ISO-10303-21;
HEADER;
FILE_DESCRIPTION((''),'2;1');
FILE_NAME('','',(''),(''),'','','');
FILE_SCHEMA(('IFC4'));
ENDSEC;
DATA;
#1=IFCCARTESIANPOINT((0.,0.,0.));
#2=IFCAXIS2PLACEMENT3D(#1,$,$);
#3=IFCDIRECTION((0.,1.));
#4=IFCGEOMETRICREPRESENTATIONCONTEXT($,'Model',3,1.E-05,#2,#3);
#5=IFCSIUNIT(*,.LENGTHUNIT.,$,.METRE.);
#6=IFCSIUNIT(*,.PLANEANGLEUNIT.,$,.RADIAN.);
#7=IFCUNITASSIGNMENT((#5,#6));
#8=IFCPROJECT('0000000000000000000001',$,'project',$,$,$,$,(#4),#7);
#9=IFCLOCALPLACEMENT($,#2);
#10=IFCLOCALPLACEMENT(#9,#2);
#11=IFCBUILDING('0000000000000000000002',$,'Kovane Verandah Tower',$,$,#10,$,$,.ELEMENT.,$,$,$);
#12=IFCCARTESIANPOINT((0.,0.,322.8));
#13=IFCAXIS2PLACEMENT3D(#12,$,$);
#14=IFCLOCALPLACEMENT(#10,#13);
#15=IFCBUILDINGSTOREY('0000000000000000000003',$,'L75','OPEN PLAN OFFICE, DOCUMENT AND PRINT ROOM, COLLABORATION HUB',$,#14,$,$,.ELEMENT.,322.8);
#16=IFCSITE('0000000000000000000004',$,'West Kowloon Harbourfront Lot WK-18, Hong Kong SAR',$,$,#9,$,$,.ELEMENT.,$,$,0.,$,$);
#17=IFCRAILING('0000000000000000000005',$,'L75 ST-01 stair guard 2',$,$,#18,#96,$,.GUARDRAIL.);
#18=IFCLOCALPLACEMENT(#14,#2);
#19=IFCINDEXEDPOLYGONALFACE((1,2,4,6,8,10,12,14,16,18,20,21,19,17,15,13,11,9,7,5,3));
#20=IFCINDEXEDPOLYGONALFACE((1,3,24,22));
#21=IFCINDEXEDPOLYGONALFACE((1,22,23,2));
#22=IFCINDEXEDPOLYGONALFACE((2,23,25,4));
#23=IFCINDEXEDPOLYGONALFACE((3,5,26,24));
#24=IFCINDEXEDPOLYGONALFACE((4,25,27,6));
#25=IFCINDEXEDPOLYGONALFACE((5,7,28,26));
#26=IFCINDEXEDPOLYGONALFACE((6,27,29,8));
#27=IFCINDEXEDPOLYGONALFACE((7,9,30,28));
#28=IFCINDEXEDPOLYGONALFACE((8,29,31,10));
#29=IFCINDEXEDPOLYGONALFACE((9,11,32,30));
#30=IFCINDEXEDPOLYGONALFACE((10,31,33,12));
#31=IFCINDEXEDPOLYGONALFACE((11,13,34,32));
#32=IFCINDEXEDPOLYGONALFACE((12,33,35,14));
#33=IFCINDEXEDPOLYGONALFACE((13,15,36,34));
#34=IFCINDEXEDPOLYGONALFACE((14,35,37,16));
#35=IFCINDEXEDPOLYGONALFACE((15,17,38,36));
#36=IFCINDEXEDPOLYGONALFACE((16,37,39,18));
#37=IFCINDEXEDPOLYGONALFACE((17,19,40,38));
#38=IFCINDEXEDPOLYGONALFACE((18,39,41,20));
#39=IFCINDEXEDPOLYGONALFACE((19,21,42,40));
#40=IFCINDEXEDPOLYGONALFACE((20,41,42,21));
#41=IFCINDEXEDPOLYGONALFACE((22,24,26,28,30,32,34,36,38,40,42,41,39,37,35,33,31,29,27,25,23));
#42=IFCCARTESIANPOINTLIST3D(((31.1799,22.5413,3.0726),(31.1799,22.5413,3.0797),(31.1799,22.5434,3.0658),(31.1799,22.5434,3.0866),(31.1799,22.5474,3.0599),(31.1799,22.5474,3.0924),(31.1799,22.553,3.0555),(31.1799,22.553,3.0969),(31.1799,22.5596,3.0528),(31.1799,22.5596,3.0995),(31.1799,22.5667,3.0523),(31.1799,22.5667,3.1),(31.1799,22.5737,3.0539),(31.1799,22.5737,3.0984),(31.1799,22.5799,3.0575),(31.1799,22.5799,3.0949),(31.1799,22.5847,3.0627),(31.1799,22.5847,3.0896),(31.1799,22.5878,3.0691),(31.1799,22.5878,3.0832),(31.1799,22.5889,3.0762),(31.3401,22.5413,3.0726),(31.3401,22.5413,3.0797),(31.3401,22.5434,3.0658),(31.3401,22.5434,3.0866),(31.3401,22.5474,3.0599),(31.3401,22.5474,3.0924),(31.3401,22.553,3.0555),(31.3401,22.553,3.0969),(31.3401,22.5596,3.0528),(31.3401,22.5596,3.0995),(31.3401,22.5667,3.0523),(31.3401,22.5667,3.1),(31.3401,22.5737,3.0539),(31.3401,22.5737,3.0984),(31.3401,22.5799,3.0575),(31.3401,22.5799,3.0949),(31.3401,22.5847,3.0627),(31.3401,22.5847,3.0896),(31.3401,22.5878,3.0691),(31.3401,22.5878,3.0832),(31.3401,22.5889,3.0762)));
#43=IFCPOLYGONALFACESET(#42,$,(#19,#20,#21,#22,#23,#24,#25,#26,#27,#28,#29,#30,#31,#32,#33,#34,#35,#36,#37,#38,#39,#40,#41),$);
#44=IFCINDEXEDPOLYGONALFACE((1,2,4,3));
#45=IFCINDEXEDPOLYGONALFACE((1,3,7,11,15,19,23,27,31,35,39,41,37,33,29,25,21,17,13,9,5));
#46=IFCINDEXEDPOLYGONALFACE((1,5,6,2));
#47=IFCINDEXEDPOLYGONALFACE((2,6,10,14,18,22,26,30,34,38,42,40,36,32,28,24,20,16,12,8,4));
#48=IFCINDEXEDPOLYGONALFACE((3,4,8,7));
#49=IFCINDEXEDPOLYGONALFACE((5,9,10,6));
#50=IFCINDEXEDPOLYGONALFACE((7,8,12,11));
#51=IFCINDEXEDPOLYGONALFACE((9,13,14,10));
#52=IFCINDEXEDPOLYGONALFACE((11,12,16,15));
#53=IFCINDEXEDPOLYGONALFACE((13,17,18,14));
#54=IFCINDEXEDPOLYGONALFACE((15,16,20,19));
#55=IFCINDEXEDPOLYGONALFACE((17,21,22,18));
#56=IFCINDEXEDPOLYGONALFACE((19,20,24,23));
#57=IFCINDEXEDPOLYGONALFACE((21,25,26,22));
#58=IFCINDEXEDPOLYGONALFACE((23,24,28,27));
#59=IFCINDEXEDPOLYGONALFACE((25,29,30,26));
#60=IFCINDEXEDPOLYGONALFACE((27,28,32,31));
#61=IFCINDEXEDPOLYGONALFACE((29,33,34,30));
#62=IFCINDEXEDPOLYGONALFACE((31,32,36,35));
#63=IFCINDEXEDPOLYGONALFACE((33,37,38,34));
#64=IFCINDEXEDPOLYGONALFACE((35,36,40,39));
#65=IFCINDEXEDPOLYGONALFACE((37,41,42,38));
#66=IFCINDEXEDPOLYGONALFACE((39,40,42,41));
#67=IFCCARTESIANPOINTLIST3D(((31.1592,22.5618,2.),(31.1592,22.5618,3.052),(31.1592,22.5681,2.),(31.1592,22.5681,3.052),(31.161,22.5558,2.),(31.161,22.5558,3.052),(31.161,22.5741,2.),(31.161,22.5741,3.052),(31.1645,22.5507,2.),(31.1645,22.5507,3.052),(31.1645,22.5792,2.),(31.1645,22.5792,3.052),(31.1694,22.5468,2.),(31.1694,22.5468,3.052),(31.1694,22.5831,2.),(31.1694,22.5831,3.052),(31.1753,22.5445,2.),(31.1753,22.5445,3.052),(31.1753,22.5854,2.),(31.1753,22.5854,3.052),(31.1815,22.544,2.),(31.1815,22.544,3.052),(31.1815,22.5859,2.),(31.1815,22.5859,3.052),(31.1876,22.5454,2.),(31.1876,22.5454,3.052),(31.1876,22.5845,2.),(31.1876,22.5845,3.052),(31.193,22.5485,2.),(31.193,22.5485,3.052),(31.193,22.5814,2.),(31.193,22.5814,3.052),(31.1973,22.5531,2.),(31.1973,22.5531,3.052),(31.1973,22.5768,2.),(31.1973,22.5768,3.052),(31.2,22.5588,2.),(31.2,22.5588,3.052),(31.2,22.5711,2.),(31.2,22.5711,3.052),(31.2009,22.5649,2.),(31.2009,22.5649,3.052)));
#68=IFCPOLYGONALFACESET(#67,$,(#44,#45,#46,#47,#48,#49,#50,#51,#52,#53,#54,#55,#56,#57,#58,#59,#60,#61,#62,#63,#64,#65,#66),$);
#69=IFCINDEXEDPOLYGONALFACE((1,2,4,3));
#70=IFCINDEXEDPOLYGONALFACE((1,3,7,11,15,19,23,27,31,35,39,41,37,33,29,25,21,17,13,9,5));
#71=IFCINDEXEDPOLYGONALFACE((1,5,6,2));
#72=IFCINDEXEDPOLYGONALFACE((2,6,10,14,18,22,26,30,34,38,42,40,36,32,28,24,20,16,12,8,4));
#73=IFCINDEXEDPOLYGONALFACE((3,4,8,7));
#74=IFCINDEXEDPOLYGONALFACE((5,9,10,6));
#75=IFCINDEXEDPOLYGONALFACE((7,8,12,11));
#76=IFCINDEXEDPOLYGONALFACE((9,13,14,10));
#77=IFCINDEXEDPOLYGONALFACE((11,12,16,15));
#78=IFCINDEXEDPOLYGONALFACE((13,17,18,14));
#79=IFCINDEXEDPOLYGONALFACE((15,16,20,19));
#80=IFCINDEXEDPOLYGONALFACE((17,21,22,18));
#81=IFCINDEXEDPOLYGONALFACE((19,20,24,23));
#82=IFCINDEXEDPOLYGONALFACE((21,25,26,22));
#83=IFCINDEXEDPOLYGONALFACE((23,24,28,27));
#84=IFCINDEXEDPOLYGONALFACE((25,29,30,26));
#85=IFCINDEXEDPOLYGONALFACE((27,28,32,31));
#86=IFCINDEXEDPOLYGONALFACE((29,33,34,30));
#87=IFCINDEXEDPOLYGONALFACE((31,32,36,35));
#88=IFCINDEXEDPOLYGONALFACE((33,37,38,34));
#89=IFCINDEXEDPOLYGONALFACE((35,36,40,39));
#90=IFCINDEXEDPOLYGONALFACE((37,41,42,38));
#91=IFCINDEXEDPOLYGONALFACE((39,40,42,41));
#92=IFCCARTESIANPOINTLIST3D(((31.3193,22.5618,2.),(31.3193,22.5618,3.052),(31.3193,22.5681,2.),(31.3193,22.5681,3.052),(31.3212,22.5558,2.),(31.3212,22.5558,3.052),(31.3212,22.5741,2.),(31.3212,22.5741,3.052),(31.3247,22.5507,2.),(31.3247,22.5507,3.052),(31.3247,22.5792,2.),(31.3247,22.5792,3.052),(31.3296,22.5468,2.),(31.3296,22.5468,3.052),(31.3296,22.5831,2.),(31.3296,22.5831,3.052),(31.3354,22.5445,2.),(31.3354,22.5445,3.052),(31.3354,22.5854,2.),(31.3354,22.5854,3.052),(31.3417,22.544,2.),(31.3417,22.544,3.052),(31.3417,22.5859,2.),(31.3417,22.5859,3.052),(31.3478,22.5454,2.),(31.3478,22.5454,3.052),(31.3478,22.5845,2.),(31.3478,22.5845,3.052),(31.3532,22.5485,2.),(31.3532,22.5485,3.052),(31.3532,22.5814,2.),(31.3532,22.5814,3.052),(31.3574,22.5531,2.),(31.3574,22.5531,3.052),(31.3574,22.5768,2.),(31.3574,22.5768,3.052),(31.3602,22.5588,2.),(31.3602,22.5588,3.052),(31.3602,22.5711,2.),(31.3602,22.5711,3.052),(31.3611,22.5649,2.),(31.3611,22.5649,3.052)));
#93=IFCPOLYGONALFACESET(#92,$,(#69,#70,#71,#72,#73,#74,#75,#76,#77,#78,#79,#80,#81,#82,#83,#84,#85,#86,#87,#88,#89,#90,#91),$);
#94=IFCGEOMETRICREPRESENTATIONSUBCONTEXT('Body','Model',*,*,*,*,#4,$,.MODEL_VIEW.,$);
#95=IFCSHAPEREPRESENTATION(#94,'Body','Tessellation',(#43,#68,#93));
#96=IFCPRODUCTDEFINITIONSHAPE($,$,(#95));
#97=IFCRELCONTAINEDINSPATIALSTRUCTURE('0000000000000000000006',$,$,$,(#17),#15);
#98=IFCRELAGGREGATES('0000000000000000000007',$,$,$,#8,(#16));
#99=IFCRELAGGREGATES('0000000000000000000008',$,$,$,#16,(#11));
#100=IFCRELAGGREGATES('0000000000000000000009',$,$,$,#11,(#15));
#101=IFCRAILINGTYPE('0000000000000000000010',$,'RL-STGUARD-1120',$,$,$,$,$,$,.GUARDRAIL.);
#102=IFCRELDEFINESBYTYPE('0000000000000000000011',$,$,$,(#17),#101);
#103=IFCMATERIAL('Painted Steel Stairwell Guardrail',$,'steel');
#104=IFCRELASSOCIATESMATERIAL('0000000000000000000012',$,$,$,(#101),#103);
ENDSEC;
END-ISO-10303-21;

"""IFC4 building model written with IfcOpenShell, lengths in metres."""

from ifc_helpers import new_model, si_unit, direction, frame, origin, origin_2d, place, context, subcontext, project, spatial, circle, extrude, material, type_object, element, save


model = new_model("IFC4")

# Units and contexts
model_context = context("Model", 3, precision=1e-05, world=origin(), true_north=direction((0.0, 1.0)))
body_context = subcontext(model_context, "Body", "Model", "MODEL_VIEW")
ifc_project = project(units=[si_unit("LENGTHUNIT", "METRE"), si_unit("PLANEANGLEUNIT", "RADIAN")], contexts=[model_context])

# Site, building, storey
site_placement = place(None, origin())
site = spatial("IfcSite", under=ifc_project, at=site_placement, Name="West Kowloon Harbourfront Lot WK-18, Hong Kong SAR", CompositionType="ELEMENT", RefElevation=0.0)
building_placement = place(site_placement, origin())
building = spatial("IfcBuilding", under=site, at=building_placement, Name="Kovane Verandah Tower", CompositionType="ELEMENT")
storey_placement = place(building_placement, frame((0.0, 0.0, 322.8)))
storey = spatial("IfcBuildingStorey", under=building, at=storey_placement, Name="L75", Description="OPEN PLAN OFFICE, DOCUMENT AND PRINT ROOM, COLLABORATION HUB", CompositionType="ELEMENT", Elevation=322.8)

# Railing
ifc_material_1 = material(Name="Painted Steel Stairwell Guardrail", Category="steel")
railing_type_1 = type_object("IfcRailingType", Name="RL-STGUARD-1120", PredefinedType="GUARDRAIL", material=ifc_material_1)
railing_1_placement = place(storey_placement, frame((31.1799, 22.5649, 2.0)))
element("IfcRailing", 1, at=railing_1_placement, inside=storey, type_object=railing_type_1, Name="L75 ST-01 stair guard 2", PredefinedType="GUARDRAIL", context=body_context, shape_type="SweptSolid", body=[
    extrude(circle(Radius=0.0239, at=origin_2d()), frame((0.0, 0.0, 1.0762), z_axis=(1.0, 0.0, 0.0), x_axis=(0.0, 1.0, 0.0)), (0.0, 0.0, 1.0), 0.1602),
    extrude(circle(Radius=0.021, at=origin_2d()), origin(), (0.0, 0.0, 1.0), 1.052),
    extrude(circle(Radius=0.021, at=origin_2d()), frame((0.1602, 0.0, 0.0)), (0.0, 0.0, 1.0), 1.052),
])

save(model, "model.ifc")
